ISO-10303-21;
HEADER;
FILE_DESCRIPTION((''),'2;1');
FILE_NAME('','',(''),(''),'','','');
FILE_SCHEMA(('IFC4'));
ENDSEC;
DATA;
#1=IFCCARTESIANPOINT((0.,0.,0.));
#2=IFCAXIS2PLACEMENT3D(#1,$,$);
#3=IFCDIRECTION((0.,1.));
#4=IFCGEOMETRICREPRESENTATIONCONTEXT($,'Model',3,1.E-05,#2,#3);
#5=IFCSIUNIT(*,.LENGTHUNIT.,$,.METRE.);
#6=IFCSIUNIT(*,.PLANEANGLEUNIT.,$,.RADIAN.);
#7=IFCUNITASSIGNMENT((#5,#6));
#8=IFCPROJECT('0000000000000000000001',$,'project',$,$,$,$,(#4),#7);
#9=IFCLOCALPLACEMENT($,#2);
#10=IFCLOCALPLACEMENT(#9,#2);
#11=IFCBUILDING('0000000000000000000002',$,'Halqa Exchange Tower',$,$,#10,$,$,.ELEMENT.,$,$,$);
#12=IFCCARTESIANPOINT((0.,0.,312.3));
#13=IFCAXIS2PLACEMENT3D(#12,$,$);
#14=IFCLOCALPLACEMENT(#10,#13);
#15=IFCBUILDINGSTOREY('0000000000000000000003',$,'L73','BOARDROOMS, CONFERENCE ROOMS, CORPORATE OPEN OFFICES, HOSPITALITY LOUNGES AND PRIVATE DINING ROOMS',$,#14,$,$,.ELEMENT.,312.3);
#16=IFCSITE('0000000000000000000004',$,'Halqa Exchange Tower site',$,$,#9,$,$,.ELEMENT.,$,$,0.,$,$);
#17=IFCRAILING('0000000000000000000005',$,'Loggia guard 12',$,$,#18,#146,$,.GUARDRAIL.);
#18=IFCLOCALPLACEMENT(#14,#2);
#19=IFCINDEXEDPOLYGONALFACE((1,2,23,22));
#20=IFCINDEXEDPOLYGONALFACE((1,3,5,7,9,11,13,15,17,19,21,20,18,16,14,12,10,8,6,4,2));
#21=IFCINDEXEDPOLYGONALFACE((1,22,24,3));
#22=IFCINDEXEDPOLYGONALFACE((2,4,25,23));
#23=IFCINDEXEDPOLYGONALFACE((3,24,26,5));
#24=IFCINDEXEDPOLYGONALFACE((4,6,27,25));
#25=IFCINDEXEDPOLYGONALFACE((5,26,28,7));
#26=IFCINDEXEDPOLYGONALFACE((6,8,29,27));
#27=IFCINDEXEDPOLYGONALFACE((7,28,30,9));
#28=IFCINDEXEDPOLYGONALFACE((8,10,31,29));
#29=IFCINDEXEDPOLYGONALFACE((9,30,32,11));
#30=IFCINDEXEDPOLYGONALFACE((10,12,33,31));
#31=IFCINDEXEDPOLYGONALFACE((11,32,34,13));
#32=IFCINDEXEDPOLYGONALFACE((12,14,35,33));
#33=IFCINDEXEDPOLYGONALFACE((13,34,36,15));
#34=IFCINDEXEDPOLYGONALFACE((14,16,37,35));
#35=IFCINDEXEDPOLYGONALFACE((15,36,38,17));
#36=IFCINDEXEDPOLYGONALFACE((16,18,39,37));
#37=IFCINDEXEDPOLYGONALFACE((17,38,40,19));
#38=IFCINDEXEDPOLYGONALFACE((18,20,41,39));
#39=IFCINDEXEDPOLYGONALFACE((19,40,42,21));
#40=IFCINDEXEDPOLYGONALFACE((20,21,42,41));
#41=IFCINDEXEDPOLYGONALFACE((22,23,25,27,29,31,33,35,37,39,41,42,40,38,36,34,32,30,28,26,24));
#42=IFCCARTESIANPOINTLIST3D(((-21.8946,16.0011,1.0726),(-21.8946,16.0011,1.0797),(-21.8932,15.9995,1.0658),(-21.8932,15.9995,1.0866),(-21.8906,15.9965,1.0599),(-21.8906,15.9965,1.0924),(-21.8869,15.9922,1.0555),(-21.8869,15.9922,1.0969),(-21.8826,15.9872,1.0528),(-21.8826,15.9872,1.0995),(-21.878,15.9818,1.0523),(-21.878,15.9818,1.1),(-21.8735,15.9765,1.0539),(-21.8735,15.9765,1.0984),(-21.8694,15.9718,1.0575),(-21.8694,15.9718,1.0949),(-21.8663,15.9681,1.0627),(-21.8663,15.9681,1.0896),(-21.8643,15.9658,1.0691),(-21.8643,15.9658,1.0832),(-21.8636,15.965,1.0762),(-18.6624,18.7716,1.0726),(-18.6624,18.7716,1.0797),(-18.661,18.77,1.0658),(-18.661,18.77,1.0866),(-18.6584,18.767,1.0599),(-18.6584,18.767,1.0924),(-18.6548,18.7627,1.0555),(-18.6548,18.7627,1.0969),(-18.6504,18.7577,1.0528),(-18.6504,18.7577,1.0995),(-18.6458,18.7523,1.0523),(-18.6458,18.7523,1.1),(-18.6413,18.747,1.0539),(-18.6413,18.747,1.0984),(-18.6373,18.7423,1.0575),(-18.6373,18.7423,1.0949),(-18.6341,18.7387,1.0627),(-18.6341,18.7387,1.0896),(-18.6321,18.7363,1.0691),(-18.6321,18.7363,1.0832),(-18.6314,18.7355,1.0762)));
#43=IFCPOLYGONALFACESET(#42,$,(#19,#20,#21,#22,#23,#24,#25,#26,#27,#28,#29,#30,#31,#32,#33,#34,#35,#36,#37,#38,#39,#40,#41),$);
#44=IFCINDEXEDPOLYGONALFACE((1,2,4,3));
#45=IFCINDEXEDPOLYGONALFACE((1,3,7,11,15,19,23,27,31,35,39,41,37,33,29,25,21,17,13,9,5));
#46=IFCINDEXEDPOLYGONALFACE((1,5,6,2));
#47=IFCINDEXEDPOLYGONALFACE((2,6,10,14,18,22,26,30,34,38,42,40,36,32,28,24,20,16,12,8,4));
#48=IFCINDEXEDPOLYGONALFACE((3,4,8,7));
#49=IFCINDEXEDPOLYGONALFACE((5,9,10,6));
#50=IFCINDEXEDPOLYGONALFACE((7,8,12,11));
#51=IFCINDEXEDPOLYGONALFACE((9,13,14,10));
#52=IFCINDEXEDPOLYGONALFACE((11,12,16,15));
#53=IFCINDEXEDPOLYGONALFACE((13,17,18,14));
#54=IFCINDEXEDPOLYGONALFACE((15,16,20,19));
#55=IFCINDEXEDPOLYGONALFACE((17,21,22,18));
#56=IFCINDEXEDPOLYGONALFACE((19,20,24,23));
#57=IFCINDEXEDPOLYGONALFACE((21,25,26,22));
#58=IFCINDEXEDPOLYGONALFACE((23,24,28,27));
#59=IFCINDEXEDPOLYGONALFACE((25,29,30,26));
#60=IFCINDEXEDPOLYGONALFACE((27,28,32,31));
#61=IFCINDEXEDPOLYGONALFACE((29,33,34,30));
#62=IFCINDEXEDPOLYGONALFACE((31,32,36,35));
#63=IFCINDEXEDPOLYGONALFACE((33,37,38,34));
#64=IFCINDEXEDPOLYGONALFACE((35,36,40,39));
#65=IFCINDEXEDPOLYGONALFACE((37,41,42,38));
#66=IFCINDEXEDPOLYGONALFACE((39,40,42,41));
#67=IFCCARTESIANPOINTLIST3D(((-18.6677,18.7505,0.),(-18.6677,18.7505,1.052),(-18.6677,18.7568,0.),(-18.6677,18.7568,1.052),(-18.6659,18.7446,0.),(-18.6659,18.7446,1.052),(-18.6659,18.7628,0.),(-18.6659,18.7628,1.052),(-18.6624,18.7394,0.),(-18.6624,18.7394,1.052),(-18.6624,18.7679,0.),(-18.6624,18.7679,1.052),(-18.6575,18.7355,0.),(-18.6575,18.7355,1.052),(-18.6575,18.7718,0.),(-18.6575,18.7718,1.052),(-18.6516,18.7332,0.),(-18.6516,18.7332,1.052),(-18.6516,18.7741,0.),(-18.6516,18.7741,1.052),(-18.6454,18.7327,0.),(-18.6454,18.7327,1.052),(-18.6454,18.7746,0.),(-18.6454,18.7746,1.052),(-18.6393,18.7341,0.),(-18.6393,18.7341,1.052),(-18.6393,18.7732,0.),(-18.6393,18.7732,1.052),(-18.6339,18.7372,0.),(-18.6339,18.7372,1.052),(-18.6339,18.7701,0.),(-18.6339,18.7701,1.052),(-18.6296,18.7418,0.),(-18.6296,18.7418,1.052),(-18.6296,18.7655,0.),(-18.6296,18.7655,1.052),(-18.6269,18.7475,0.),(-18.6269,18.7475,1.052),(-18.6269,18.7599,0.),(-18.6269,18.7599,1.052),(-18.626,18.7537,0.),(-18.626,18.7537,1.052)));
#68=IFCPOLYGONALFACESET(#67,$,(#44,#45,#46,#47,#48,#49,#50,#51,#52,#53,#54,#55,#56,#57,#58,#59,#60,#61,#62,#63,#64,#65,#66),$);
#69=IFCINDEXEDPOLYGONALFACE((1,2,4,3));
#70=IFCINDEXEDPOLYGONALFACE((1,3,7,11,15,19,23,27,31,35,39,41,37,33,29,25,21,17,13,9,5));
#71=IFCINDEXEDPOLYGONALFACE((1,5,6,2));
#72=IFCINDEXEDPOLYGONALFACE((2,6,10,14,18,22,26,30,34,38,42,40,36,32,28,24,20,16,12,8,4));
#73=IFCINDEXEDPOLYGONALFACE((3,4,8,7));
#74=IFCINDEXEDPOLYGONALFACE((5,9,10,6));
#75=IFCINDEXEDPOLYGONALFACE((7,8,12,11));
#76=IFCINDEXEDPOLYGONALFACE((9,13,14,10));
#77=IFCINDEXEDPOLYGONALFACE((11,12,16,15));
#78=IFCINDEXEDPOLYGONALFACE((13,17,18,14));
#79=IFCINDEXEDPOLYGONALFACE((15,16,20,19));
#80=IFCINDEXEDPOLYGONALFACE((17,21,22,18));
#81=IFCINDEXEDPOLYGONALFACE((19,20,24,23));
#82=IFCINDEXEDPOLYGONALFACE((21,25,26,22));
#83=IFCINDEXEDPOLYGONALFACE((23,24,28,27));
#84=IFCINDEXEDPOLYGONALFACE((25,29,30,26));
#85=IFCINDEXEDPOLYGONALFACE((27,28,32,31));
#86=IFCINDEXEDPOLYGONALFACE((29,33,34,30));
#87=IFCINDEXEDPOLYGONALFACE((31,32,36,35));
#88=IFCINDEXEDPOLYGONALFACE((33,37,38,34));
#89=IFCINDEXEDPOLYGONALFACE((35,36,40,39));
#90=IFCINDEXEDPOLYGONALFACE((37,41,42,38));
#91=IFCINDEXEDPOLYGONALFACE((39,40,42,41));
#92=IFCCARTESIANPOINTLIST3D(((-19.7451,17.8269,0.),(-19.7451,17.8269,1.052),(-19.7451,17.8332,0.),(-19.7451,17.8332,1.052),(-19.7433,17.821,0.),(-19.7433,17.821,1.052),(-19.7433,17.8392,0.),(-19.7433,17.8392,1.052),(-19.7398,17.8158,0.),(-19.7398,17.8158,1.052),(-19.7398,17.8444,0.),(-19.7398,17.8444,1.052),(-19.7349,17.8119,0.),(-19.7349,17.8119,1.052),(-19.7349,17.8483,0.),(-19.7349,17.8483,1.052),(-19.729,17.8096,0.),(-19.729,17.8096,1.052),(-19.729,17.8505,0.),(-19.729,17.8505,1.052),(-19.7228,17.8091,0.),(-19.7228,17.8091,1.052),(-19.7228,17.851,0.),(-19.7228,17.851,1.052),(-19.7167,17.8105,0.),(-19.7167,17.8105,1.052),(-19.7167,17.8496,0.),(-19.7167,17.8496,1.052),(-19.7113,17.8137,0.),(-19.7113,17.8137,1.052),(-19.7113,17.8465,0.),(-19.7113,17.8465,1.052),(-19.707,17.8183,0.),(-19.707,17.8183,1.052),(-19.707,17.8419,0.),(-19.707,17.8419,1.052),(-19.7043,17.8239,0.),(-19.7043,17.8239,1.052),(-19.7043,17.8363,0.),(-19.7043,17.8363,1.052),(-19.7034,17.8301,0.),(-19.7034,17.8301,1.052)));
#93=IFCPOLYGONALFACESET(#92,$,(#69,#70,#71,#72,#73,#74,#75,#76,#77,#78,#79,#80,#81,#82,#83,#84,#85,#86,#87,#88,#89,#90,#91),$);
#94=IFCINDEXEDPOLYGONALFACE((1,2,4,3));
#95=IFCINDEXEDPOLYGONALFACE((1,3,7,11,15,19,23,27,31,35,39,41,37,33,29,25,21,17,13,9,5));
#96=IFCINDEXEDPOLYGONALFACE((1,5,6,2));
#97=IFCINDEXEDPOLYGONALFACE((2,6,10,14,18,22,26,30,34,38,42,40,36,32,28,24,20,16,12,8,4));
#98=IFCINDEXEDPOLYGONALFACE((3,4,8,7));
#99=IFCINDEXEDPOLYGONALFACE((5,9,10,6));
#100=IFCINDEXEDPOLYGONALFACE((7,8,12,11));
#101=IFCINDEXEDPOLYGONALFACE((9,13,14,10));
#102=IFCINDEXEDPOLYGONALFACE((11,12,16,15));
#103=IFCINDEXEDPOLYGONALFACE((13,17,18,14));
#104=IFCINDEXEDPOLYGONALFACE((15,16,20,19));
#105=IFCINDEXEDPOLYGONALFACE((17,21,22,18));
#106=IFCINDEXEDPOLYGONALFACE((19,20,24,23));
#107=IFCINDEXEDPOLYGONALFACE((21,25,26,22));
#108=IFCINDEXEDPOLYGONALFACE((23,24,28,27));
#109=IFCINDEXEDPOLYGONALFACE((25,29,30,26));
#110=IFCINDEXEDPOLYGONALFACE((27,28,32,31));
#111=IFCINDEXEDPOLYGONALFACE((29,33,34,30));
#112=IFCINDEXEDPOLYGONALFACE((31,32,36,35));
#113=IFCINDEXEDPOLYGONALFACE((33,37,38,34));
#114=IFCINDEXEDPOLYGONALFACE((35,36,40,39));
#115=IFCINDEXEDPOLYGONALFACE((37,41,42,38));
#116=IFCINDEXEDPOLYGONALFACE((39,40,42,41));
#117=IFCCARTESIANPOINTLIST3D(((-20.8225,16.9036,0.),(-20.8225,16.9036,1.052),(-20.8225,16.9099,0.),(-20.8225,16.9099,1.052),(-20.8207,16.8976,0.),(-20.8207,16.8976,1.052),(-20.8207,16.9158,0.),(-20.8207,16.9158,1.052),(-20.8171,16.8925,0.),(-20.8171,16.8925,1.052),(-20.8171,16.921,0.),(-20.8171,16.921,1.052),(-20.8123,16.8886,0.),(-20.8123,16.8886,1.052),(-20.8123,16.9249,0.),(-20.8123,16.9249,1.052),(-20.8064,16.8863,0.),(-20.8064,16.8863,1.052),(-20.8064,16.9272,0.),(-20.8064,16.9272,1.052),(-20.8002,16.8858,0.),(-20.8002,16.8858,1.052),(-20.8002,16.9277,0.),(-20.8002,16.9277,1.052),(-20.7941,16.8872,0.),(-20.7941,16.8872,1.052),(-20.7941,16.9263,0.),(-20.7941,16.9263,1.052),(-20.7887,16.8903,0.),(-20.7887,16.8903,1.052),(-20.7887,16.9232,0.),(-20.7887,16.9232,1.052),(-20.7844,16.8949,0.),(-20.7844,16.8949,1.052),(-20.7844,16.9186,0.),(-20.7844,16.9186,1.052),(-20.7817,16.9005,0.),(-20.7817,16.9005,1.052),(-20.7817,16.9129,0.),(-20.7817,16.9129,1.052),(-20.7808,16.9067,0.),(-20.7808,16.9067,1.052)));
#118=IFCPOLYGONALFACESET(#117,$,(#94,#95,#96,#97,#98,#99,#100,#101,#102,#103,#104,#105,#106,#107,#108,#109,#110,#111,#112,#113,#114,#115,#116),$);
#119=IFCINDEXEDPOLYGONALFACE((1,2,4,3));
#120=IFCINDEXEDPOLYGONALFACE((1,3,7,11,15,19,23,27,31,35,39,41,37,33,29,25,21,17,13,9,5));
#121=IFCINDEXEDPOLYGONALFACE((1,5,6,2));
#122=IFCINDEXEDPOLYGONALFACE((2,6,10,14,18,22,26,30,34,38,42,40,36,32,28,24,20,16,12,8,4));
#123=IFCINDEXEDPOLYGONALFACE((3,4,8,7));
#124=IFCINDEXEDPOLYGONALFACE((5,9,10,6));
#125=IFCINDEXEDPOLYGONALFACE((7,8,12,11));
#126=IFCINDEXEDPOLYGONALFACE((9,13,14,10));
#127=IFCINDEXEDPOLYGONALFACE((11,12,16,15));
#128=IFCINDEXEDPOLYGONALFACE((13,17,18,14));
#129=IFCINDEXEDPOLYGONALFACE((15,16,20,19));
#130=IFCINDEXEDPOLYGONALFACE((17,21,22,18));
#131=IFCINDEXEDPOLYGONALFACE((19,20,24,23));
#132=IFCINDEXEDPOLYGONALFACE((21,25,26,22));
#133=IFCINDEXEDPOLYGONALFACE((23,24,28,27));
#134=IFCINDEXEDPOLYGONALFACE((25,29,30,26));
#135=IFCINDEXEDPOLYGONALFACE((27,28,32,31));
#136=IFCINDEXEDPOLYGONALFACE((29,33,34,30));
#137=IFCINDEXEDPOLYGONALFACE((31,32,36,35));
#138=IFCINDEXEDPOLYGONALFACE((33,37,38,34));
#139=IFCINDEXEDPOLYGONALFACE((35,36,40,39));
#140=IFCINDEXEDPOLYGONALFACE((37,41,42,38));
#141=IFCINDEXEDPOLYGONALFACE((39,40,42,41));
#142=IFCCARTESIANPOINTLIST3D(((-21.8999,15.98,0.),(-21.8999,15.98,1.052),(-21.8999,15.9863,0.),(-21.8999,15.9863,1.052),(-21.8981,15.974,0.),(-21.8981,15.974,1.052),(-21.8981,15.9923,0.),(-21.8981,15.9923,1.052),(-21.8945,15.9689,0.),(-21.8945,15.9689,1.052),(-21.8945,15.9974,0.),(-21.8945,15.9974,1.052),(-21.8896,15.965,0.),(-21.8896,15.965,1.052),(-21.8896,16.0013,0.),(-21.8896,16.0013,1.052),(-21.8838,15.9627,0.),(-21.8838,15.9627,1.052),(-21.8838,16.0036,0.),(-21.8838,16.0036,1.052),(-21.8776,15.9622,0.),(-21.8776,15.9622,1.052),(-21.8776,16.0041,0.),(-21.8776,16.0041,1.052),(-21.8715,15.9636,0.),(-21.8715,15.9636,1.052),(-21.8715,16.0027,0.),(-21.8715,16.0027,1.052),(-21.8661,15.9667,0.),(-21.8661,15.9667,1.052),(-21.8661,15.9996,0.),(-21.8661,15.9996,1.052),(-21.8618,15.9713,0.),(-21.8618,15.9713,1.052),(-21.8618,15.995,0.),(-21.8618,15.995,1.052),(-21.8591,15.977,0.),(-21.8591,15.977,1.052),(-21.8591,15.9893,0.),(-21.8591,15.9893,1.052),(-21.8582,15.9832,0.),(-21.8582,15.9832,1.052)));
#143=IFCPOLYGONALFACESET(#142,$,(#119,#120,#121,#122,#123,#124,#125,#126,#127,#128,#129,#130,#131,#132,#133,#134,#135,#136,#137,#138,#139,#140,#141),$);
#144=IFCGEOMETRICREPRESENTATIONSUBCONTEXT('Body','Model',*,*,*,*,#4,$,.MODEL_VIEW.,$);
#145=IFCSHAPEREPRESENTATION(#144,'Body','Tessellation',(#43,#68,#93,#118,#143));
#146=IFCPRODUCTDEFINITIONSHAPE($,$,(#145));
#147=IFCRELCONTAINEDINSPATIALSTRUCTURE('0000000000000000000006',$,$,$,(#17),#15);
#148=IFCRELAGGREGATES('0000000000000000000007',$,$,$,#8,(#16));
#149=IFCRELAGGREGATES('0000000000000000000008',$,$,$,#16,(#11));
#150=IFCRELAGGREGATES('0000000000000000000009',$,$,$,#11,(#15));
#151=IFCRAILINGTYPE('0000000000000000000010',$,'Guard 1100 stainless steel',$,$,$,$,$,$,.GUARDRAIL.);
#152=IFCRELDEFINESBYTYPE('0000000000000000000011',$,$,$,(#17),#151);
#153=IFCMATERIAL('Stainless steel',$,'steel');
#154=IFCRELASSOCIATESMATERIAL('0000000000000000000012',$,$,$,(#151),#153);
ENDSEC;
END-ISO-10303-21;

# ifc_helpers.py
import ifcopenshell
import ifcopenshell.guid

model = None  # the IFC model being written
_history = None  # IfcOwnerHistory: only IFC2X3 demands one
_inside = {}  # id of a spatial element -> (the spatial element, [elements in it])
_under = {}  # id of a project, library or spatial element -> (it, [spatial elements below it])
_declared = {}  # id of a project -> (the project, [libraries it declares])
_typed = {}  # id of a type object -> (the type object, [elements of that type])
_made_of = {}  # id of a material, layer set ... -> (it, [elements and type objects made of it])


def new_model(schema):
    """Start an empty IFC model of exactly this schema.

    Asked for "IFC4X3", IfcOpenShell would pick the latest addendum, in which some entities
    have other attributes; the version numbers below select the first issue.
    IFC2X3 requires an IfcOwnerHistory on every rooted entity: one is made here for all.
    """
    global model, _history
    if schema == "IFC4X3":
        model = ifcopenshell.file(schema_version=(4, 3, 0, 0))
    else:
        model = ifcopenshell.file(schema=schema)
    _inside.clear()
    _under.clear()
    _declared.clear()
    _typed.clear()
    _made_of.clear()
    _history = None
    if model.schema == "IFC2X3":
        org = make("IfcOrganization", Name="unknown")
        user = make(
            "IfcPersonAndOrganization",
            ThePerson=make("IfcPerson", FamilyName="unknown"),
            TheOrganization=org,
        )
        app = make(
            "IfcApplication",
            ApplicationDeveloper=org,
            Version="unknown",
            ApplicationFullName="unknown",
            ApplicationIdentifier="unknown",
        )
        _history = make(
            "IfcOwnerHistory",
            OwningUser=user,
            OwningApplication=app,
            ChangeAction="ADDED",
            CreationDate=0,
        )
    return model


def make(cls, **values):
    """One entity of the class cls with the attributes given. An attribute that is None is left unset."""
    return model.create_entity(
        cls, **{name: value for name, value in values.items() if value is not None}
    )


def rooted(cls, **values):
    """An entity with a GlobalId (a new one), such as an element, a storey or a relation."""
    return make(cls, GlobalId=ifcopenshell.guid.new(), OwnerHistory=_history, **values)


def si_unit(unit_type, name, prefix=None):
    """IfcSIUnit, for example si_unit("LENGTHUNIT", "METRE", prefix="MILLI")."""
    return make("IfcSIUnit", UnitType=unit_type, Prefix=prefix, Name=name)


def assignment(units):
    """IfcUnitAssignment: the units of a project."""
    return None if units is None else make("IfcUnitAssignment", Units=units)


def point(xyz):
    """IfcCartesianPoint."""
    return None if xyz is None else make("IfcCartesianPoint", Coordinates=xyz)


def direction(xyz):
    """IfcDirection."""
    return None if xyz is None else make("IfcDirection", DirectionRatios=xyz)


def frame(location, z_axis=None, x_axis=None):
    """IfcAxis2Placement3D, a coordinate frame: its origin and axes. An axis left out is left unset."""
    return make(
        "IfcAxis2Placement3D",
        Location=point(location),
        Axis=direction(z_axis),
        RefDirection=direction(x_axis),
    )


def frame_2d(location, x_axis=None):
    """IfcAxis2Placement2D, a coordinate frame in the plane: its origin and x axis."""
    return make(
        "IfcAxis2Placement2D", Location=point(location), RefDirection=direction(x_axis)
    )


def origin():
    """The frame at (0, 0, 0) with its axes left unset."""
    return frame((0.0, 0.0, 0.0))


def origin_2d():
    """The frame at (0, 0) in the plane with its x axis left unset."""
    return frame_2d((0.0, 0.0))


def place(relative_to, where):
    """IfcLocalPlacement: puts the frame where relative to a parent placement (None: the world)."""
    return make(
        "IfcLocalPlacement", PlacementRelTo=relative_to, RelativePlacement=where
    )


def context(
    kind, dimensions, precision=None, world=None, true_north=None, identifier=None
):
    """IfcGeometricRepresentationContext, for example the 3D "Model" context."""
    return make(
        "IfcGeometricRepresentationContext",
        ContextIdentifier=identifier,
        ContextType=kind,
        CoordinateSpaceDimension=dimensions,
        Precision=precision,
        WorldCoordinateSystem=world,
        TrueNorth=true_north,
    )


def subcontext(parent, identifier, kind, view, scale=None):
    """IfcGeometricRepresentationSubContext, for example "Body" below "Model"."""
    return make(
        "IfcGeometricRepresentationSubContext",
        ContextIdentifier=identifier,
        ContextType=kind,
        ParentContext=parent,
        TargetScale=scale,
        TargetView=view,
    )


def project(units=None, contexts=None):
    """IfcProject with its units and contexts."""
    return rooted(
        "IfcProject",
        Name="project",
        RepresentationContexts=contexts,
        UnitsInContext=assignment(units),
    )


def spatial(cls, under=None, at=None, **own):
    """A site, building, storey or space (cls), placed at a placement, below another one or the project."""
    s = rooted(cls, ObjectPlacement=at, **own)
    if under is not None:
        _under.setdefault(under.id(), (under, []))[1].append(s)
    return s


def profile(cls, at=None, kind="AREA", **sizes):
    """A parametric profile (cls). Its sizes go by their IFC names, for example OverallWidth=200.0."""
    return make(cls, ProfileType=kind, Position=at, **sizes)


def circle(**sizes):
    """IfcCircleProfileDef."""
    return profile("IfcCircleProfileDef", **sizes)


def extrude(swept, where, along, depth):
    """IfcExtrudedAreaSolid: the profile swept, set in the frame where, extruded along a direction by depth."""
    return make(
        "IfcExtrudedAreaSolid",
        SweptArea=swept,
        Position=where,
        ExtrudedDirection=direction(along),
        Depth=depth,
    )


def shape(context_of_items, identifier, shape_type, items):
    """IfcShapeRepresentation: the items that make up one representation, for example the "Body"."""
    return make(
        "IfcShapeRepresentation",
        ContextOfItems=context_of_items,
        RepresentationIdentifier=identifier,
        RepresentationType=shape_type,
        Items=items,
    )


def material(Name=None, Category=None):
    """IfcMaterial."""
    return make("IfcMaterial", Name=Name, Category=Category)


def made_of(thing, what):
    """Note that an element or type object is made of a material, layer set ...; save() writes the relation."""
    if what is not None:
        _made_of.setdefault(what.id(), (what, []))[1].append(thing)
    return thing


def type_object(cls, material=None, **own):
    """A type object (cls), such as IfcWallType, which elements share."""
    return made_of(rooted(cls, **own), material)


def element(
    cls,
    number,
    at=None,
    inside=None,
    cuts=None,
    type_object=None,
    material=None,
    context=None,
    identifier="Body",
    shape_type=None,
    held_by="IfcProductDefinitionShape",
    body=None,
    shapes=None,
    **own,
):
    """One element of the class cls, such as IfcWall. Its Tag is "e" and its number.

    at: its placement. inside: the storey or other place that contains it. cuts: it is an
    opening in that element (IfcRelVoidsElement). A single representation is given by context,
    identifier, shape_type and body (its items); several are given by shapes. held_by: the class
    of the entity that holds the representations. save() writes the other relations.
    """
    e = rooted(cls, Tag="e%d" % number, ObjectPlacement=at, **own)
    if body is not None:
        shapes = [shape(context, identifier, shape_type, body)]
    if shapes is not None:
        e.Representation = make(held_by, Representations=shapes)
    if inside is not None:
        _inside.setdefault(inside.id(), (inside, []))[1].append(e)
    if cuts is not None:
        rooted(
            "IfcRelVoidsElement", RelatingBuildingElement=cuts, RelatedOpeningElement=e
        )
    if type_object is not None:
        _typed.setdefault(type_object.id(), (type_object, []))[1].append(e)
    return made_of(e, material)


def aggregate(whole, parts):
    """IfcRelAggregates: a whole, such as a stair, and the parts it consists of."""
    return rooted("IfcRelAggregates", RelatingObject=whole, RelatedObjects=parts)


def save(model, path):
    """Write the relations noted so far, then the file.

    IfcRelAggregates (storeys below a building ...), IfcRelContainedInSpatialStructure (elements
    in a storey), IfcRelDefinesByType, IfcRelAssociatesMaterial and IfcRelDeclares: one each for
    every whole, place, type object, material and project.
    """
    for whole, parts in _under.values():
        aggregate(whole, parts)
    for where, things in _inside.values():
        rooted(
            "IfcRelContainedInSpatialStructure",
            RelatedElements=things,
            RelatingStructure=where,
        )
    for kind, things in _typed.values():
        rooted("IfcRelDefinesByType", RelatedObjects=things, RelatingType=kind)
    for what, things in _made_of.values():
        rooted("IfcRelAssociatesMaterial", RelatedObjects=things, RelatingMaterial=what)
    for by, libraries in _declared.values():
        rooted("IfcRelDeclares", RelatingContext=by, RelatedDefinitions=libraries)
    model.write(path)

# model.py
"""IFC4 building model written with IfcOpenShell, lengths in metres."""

from ifc_helpers import new_model, si_unit, direction, frame, origin, origin_2d, place, context, subcontext, project, spatial, circle, extrude, material, type_object, element, save


model = new_model("IFC4")

# Units and contexts
model_context = context("Model", 3, precision=1e-05, world=origin(), true_north=direction((0.0, 1.0)))
body_context = subcontext(model_context, "Body", "Model", "MODEL_VIEW")
ifc_project = project(units=[si_unit("LENGTHUNIT", "METRE"), si_unit("PLANEANGLEUNIT", "RADIAN")], contexts=[model_context])

# Site, building, storey
site_placement = place(None, origin())
site = spatial("IfcSite", under=ifc_project, at=site_placement, Name="Halqa Exchange Tower site", CompositionType="ELEMENT", RefElevation=0.0)
building_placement = place(site_placement, origin())
building = spatial("IfcBuilding", under=site, at=building_placement, Name="Halqa Exchange Tower", CompositionType="ELEMENT")
storey_placement = place(building_placement, frame((0.0, 0.0, 312.3)))
storey = spatial("IfcBuildingStorey", under=building, at=storey_placement, Name="L73", Description="BOARDROOMS, CONFERENCE ROOMS, CORPORATE OPEN OFFICES, HOSPITALITY LOUNGES AND PRIVATE DINING ROOMS", CompositionType="ELEMENT", Elevation=312.3)

# Railing
ifc_material_1 = material(Name="Stainless steel", Category="steel")
railing_type = type_object("IfcRailingType", Name="Guard 1100 stainless steel", PredefinedType="GUARDRAIL", material=ifc_material_1)
railing_1_placement = place(storey_placement, frame((-18.647, 18.7537, 0.0)))
element("IfcRailing", 1, at=railing_1_placement, inside=storey, type_object=railing_type, Name="Loggia guard 12", PredefinedType="GUARDRAIL", context=body_context, shape_type="SweptSolid", body=[
    extrude(circle(Radius=0.0239, at=origin_2d()), frame((0.0, 0.0, 1.0762), z_axis=(-0.759249, -0.650801, 0.0), x_axis=(0.650801, -0.759249, 0.0)), (0.0, 0.0, 1.0), 4.2571),
    extrude(circle(Radius=0.021, at=origin_2d()), origin(), (0.0, 0.0, 1.0), 1.052),
    extrude(circle(Radius=0.021, at=origin_2d()), frame((-1.0774, -0.9236, 0.0)), (0.0, 0.0, 1.0), 1.052),
    extrude(circle(Radius=0.021, at=origin_2d()), frame((-2.1548, -1.8469, 0.0)), (0.0, 0.0, 1.0), 1.052),
    extrude(circle(Radius=0.021, at=origin_2d()), frame((-3.2322, -2.7705, 0.0)), (0.0, 0.0, 1.0), 1.052),
])

save(model, "model.ifc")
